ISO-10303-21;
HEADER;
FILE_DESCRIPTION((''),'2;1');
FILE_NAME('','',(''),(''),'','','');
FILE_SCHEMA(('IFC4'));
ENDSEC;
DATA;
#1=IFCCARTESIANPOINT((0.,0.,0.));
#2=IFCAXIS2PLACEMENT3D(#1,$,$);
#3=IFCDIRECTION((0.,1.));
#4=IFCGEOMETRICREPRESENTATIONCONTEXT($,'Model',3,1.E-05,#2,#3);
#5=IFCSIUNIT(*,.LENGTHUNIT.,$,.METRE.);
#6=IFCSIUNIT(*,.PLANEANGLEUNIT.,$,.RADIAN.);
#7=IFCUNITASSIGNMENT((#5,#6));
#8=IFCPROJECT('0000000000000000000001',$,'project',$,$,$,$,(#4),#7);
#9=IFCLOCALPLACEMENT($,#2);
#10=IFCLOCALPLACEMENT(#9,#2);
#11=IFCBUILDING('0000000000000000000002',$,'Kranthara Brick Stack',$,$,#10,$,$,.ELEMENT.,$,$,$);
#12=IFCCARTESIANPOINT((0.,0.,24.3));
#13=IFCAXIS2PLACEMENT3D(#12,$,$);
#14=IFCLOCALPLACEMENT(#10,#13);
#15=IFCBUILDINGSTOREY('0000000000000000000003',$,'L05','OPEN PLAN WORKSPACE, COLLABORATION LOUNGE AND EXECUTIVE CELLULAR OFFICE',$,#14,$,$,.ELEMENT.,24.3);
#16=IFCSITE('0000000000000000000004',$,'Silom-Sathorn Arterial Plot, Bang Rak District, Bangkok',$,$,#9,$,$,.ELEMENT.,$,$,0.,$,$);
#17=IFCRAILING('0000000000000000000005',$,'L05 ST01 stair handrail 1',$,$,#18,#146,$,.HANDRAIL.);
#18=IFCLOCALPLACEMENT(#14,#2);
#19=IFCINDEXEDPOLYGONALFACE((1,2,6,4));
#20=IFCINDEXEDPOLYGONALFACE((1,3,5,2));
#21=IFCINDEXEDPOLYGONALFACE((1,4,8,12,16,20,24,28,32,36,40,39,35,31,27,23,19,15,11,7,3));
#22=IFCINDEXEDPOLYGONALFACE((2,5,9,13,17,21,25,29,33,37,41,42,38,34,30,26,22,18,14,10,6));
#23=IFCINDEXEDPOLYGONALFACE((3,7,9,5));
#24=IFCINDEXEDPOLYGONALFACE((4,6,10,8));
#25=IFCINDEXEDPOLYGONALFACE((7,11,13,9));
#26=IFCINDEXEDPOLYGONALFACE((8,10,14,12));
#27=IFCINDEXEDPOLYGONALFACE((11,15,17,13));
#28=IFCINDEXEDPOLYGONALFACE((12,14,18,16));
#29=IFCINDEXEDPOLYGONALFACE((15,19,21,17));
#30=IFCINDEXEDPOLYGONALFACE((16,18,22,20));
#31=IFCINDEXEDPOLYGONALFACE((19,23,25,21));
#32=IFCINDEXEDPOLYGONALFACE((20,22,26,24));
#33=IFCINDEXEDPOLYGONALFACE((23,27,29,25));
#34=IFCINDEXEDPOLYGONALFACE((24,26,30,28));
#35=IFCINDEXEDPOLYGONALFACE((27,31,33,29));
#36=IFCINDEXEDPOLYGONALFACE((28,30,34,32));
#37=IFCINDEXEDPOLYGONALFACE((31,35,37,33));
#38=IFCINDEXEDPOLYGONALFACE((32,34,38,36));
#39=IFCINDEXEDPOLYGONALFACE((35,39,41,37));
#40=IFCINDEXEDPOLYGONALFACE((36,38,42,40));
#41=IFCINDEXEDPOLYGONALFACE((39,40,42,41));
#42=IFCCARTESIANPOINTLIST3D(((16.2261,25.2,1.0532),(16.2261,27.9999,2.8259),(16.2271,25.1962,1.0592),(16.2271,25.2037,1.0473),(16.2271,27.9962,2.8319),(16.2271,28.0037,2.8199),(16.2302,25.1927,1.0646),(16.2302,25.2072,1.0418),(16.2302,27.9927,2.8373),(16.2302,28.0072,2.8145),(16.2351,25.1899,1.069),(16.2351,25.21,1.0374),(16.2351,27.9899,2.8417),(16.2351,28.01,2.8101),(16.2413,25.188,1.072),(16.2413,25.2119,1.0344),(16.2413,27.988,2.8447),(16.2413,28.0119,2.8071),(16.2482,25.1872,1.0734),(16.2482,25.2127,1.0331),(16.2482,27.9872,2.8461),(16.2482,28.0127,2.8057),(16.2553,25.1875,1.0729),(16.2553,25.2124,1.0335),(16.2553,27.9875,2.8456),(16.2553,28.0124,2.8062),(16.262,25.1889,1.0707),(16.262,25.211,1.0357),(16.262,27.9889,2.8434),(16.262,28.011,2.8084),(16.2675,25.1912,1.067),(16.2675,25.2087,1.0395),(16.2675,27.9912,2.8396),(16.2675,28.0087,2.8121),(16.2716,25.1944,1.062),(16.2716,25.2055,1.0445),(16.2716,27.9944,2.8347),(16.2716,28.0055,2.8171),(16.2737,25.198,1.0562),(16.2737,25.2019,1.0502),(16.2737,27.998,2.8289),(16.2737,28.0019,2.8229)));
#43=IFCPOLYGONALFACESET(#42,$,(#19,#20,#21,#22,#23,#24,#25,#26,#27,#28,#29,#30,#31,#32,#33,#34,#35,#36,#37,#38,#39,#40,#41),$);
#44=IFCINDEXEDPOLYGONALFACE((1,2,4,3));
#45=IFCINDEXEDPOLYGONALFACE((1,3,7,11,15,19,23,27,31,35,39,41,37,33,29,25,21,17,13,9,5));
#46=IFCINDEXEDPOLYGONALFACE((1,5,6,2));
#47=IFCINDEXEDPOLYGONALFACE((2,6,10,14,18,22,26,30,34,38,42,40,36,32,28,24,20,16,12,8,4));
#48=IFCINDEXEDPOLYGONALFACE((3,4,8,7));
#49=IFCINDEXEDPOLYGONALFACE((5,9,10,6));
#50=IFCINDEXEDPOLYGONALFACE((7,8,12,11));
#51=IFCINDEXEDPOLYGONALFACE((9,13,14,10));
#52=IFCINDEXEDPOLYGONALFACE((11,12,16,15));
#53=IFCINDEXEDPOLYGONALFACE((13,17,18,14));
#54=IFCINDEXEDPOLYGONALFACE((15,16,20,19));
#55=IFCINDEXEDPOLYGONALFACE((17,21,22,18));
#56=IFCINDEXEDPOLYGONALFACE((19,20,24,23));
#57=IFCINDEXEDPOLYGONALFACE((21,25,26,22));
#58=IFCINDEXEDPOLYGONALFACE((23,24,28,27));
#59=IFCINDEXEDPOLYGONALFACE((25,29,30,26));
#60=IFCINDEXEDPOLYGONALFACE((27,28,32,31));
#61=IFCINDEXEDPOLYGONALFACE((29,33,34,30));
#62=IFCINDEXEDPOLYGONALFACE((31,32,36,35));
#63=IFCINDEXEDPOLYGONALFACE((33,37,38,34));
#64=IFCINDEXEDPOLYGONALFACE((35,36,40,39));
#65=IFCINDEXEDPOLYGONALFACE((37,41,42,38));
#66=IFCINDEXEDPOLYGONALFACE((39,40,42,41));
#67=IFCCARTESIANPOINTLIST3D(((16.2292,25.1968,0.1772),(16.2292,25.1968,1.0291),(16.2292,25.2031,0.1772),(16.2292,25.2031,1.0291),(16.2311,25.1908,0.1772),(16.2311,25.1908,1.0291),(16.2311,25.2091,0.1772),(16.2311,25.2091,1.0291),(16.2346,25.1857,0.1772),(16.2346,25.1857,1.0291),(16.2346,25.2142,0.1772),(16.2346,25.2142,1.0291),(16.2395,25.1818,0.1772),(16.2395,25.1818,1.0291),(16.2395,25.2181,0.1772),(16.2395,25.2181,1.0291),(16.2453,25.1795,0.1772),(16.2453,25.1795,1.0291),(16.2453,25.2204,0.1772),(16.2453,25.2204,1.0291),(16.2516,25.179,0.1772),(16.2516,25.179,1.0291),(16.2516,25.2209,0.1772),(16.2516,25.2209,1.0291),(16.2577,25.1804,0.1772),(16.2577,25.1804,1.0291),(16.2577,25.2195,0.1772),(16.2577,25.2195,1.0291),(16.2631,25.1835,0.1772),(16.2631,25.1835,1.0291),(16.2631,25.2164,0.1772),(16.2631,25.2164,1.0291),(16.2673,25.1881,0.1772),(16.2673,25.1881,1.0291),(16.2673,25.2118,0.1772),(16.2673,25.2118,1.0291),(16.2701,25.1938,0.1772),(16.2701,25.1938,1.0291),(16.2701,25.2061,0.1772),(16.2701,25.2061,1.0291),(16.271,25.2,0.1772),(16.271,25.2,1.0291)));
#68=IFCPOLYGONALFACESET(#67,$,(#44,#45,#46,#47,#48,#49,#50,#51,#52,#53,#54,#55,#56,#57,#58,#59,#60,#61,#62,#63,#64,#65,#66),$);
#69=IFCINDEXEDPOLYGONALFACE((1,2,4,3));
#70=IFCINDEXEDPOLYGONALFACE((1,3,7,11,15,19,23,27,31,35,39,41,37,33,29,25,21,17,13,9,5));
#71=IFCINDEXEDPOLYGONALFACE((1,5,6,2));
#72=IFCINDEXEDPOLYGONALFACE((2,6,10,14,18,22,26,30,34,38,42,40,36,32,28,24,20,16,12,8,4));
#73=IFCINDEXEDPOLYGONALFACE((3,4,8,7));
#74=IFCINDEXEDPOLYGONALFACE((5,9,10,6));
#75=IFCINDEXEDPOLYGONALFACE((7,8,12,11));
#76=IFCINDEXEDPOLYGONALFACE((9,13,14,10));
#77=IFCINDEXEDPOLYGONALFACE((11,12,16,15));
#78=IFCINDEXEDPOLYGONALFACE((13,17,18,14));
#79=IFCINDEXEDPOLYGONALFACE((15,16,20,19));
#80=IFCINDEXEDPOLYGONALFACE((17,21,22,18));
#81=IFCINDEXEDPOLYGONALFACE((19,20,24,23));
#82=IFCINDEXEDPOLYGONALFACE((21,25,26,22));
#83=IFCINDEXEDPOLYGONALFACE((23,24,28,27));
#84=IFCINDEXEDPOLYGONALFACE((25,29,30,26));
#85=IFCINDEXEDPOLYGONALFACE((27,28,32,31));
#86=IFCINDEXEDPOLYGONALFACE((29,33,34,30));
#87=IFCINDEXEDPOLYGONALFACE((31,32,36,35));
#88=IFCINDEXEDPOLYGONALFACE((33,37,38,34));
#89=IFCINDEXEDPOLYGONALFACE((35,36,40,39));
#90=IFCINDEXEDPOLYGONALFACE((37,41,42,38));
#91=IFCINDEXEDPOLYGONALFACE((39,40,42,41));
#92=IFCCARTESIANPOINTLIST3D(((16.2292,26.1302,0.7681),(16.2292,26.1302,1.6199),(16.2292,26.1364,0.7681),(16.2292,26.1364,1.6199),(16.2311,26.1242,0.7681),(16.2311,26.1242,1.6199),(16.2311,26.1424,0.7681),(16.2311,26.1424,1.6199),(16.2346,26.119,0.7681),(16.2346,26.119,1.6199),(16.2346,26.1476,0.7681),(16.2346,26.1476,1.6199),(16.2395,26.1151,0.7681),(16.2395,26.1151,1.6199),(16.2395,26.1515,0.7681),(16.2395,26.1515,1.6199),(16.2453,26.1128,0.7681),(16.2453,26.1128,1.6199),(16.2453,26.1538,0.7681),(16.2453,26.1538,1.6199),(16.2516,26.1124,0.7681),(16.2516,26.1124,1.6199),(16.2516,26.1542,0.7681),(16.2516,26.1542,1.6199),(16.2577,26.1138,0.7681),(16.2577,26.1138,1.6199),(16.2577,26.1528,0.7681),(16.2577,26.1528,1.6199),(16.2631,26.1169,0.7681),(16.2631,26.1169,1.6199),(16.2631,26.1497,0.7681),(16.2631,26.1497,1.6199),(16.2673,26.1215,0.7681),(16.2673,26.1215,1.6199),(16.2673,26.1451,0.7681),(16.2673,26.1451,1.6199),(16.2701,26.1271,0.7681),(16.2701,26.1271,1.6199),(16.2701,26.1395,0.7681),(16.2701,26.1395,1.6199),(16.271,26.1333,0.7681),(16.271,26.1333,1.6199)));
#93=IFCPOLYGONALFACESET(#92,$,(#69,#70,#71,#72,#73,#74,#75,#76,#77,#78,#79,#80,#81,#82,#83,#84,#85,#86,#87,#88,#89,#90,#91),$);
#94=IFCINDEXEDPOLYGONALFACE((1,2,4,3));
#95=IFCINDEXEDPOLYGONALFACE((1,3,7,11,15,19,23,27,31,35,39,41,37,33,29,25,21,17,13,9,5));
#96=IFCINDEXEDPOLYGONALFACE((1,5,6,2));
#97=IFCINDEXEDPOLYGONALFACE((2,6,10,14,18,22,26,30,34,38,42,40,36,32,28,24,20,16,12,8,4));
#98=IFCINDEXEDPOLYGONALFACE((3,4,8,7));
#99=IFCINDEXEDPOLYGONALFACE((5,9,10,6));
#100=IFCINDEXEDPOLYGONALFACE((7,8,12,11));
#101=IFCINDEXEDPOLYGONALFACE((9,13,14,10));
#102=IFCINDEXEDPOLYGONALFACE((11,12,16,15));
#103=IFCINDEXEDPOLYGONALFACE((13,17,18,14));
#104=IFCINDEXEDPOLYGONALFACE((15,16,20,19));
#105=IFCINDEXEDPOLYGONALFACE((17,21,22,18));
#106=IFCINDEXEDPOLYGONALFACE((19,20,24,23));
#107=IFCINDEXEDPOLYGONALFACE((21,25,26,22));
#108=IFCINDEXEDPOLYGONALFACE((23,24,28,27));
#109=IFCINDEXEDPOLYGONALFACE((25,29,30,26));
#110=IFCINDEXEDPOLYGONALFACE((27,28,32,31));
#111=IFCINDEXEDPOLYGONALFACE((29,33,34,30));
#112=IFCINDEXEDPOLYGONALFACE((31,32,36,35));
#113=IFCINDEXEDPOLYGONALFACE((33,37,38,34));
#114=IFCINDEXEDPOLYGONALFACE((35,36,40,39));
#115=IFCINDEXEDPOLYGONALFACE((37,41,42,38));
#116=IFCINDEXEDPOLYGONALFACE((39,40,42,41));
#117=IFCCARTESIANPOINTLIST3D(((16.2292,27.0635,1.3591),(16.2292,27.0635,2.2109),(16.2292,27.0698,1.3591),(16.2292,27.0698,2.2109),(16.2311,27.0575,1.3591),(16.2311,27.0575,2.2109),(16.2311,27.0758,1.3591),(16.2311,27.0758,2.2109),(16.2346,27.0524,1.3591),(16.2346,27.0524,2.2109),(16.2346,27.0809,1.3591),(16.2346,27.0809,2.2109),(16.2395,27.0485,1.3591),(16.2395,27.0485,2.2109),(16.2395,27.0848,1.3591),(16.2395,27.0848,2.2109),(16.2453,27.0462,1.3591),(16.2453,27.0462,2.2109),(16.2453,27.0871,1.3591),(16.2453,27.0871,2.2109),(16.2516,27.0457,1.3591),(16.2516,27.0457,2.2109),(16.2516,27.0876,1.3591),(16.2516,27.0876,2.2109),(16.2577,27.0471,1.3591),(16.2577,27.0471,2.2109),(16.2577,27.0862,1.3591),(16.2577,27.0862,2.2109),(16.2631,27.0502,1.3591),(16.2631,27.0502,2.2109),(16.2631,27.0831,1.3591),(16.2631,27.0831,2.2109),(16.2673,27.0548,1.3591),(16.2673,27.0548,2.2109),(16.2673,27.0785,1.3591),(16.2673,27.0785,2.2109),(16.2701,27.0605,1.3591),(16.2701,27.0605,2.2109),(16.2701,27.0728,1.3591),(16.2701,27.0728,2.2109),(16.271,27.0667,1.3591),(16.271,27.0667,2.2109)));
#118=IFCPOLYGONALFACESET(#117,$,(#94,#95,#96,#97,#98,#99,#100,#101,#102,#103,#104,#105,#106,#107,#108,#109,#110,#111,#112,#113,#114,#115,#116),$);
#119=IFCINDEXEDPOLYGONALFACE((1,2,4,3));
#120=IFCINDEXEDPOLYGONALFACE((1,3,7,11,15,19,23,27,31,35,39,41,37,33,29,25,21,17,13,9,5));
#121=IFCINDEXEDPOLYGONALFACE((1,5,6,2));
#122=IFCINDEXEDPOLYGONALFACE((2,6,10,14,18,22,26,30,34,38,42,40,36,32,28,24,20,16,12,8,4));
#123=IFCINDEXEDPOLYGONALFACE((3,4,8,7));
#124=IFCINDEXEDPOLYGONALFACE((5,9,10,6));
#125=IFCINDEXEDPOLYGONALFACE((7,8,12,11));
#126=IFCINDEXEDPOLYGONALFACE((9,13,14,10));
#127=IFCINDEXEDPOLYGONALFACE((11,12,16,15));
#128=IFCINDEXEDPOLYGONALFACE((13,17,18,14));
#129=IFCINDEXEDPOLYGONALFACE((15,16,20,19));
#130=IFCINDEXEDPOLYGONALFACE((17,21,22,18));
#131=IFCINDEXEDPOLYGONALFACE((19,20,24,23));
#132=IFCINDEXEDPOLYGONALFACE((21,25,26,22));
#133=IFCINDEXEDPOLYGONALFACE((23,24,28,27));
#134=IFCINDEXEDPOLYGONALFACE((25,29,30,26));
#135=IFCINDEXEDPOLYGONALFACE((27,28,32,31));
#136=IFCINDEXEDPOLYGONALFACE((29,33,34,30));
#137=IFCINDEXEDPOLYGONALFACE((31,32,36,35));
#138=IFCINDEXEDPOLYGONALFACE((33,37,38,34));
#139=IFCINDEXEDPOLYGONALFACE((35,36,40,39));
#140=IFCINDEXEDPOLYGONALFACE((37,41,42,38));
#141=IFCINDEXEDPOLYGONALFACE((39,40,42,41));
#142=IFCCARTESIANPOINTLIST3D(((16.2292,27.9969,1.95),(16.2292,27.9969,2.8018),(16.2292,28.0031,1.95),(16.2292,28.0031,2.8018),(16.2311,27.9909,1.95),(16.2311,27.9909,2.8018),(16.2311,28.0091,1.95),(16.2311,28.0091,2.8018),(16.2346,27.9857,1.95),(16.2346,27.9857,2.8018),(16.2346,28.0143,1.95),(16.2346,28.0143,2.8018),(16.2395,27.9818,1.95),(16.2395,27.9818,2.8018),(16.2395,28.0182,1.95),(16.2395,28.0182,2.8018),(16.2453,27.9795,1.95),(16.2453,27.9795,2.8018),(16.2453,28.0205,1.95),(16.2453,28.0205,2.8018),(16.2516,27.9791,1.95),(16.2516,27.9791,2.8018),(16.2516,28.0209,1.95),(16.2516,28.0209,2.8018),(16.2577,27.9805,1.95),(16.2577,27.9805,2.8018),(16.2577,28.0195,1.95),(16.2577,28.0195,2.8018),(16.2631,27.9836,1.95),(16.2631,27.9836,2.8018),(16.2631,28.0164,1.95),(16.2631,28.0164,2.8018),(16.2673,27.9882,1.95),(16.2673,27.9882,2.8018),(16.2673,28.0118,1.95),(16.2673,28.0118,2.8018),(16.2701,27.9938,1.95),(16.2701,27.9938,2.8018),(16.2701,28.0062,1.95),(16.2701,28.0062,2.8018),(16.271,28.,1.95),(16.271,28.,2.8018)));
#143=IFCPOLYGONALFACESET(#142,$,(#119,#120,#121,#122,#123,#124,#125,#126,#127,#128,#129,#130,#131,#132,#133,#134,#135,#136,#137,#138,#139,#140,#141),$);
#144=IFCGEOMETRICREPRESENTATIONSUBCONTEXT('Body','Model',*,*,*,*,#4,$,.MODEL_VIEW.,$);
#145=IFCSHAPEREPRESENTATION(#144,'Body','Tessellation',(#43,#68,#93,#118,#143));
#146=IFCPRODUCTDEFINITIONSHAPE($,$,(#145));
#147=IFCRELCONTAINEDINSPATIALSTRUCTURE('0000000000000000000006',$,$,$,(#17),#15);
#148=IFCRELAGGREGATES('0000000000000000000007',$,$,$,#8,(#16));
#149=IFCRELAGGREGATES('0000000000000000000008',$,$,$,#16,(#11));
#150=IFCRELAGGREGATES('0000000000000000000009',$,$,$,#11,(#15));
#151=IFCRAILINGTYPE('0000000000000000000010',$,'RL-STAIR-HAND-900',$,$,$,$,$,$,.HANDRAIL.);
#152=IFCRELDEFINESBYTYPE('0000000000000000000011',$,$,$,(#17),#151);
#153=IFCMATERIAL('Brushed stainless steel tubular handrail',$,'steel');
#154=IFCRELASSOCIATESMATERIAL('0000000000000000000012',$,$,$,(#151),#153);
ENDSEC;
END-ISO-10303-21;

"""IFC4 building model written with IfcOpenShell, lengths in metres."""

from ifc_helpers import new_model, si_unit, direction, frame, origin, origin_2d, place, context, subcontext, project, spatial, circle, extrude, material, type_object, element, save


model = new_model("IFC4")

# Units and contexts
model_context = context("Model", 3, precision=1e-05, world=origin(), true_north=direction((0.0, 1.0)))
body_context = subcontext(model_context, "Body", "Model", "MODEL_VIEW")
ifc_project = project(units=[si_unit("LENGTHUNIT", "METRE"), si_unit("PLANEANGLEUNIT", "RADIAN")], contexts=[model_context])

# Site, building, storey
site_placement = place(None, origin())
site = spatial("IfcSite", under=ifc_project, at=site_placement, Name="Silom-Sathorn Arterial Plot, Bang Rak District, Bangkok", CompositionType="ELEMENT", RefElevation=0.0)
building_placement = place(site_placement, origin())
building = spatial("IfcBuilding", under=site, at=building_placement, Name="Kranthara Brick Stack", CompositionType="ELEMENT")
storey_placement = place(building_placement, frame((0.0, 0.0, 24.3)))
storey = spatial("IfcBuildingStorey", under=building, at=storey_placement, Name="L05", Description="OPEN PLAN WORKSPACE, COLLABORATION LOUNGE AND EXECUTIVE CELLULAR OFFICE", CompositionType="ELEMENT", Elevation=24.3)

# Railing
ifc_material_1 = material(Name="Brushed stainless steel tubular handrail", Category="steel")
railing_type_1 = type_object("IfcRailingType", Name="RL-STAIR-HAND-900", PredefinedType="HANDRAIL", material=ifc_material_1)
railing_1_placement = place(storey_placement, frame((16.25, 25.2, 0.1772)))
element("IfcRailing", 1, at=railing_1_placement, inside=storey, type_object=railing_type_1, Name="L05 ST01 stair handrail 1", PredefinedType="HANDRAIL", context=body_context, shape_type="SweptSolid", body=[
    extrude(circle(Radius=0.0239, at=origin_2d()), frame((0.0, 0.0, 0.876), z_axis=(0.0, 0.844909, 0.53491), x_axis=(-1.0, 0.0, 0.0)), (0.0, 0.0, 1.0), 3.314),
    extrude(circle(Radius=0.021, at=origin_2d()), origin(), (0.0, 0.0, 1.0), 0.8518),
    extrude(circle(Radius=0.021, at=origin_2d()), frame((0.0, 0.9333, 0.5908)), (0.0, 0.0, 1.0), 0.8518),
    extrude(circle(Radius=0.021, at=origin_2d()), frame((0.0, 1.8667, 1.1819)), (0.0, 0.0, 1.0), 0.8518),
    extrude(circle(Radius=0.021, at=origin_2d()), frame((0.0, 2.8, 1.7727)), (0.0, 0.0, 1.0), 0.8518),
])

save(model, "model.ifc")
